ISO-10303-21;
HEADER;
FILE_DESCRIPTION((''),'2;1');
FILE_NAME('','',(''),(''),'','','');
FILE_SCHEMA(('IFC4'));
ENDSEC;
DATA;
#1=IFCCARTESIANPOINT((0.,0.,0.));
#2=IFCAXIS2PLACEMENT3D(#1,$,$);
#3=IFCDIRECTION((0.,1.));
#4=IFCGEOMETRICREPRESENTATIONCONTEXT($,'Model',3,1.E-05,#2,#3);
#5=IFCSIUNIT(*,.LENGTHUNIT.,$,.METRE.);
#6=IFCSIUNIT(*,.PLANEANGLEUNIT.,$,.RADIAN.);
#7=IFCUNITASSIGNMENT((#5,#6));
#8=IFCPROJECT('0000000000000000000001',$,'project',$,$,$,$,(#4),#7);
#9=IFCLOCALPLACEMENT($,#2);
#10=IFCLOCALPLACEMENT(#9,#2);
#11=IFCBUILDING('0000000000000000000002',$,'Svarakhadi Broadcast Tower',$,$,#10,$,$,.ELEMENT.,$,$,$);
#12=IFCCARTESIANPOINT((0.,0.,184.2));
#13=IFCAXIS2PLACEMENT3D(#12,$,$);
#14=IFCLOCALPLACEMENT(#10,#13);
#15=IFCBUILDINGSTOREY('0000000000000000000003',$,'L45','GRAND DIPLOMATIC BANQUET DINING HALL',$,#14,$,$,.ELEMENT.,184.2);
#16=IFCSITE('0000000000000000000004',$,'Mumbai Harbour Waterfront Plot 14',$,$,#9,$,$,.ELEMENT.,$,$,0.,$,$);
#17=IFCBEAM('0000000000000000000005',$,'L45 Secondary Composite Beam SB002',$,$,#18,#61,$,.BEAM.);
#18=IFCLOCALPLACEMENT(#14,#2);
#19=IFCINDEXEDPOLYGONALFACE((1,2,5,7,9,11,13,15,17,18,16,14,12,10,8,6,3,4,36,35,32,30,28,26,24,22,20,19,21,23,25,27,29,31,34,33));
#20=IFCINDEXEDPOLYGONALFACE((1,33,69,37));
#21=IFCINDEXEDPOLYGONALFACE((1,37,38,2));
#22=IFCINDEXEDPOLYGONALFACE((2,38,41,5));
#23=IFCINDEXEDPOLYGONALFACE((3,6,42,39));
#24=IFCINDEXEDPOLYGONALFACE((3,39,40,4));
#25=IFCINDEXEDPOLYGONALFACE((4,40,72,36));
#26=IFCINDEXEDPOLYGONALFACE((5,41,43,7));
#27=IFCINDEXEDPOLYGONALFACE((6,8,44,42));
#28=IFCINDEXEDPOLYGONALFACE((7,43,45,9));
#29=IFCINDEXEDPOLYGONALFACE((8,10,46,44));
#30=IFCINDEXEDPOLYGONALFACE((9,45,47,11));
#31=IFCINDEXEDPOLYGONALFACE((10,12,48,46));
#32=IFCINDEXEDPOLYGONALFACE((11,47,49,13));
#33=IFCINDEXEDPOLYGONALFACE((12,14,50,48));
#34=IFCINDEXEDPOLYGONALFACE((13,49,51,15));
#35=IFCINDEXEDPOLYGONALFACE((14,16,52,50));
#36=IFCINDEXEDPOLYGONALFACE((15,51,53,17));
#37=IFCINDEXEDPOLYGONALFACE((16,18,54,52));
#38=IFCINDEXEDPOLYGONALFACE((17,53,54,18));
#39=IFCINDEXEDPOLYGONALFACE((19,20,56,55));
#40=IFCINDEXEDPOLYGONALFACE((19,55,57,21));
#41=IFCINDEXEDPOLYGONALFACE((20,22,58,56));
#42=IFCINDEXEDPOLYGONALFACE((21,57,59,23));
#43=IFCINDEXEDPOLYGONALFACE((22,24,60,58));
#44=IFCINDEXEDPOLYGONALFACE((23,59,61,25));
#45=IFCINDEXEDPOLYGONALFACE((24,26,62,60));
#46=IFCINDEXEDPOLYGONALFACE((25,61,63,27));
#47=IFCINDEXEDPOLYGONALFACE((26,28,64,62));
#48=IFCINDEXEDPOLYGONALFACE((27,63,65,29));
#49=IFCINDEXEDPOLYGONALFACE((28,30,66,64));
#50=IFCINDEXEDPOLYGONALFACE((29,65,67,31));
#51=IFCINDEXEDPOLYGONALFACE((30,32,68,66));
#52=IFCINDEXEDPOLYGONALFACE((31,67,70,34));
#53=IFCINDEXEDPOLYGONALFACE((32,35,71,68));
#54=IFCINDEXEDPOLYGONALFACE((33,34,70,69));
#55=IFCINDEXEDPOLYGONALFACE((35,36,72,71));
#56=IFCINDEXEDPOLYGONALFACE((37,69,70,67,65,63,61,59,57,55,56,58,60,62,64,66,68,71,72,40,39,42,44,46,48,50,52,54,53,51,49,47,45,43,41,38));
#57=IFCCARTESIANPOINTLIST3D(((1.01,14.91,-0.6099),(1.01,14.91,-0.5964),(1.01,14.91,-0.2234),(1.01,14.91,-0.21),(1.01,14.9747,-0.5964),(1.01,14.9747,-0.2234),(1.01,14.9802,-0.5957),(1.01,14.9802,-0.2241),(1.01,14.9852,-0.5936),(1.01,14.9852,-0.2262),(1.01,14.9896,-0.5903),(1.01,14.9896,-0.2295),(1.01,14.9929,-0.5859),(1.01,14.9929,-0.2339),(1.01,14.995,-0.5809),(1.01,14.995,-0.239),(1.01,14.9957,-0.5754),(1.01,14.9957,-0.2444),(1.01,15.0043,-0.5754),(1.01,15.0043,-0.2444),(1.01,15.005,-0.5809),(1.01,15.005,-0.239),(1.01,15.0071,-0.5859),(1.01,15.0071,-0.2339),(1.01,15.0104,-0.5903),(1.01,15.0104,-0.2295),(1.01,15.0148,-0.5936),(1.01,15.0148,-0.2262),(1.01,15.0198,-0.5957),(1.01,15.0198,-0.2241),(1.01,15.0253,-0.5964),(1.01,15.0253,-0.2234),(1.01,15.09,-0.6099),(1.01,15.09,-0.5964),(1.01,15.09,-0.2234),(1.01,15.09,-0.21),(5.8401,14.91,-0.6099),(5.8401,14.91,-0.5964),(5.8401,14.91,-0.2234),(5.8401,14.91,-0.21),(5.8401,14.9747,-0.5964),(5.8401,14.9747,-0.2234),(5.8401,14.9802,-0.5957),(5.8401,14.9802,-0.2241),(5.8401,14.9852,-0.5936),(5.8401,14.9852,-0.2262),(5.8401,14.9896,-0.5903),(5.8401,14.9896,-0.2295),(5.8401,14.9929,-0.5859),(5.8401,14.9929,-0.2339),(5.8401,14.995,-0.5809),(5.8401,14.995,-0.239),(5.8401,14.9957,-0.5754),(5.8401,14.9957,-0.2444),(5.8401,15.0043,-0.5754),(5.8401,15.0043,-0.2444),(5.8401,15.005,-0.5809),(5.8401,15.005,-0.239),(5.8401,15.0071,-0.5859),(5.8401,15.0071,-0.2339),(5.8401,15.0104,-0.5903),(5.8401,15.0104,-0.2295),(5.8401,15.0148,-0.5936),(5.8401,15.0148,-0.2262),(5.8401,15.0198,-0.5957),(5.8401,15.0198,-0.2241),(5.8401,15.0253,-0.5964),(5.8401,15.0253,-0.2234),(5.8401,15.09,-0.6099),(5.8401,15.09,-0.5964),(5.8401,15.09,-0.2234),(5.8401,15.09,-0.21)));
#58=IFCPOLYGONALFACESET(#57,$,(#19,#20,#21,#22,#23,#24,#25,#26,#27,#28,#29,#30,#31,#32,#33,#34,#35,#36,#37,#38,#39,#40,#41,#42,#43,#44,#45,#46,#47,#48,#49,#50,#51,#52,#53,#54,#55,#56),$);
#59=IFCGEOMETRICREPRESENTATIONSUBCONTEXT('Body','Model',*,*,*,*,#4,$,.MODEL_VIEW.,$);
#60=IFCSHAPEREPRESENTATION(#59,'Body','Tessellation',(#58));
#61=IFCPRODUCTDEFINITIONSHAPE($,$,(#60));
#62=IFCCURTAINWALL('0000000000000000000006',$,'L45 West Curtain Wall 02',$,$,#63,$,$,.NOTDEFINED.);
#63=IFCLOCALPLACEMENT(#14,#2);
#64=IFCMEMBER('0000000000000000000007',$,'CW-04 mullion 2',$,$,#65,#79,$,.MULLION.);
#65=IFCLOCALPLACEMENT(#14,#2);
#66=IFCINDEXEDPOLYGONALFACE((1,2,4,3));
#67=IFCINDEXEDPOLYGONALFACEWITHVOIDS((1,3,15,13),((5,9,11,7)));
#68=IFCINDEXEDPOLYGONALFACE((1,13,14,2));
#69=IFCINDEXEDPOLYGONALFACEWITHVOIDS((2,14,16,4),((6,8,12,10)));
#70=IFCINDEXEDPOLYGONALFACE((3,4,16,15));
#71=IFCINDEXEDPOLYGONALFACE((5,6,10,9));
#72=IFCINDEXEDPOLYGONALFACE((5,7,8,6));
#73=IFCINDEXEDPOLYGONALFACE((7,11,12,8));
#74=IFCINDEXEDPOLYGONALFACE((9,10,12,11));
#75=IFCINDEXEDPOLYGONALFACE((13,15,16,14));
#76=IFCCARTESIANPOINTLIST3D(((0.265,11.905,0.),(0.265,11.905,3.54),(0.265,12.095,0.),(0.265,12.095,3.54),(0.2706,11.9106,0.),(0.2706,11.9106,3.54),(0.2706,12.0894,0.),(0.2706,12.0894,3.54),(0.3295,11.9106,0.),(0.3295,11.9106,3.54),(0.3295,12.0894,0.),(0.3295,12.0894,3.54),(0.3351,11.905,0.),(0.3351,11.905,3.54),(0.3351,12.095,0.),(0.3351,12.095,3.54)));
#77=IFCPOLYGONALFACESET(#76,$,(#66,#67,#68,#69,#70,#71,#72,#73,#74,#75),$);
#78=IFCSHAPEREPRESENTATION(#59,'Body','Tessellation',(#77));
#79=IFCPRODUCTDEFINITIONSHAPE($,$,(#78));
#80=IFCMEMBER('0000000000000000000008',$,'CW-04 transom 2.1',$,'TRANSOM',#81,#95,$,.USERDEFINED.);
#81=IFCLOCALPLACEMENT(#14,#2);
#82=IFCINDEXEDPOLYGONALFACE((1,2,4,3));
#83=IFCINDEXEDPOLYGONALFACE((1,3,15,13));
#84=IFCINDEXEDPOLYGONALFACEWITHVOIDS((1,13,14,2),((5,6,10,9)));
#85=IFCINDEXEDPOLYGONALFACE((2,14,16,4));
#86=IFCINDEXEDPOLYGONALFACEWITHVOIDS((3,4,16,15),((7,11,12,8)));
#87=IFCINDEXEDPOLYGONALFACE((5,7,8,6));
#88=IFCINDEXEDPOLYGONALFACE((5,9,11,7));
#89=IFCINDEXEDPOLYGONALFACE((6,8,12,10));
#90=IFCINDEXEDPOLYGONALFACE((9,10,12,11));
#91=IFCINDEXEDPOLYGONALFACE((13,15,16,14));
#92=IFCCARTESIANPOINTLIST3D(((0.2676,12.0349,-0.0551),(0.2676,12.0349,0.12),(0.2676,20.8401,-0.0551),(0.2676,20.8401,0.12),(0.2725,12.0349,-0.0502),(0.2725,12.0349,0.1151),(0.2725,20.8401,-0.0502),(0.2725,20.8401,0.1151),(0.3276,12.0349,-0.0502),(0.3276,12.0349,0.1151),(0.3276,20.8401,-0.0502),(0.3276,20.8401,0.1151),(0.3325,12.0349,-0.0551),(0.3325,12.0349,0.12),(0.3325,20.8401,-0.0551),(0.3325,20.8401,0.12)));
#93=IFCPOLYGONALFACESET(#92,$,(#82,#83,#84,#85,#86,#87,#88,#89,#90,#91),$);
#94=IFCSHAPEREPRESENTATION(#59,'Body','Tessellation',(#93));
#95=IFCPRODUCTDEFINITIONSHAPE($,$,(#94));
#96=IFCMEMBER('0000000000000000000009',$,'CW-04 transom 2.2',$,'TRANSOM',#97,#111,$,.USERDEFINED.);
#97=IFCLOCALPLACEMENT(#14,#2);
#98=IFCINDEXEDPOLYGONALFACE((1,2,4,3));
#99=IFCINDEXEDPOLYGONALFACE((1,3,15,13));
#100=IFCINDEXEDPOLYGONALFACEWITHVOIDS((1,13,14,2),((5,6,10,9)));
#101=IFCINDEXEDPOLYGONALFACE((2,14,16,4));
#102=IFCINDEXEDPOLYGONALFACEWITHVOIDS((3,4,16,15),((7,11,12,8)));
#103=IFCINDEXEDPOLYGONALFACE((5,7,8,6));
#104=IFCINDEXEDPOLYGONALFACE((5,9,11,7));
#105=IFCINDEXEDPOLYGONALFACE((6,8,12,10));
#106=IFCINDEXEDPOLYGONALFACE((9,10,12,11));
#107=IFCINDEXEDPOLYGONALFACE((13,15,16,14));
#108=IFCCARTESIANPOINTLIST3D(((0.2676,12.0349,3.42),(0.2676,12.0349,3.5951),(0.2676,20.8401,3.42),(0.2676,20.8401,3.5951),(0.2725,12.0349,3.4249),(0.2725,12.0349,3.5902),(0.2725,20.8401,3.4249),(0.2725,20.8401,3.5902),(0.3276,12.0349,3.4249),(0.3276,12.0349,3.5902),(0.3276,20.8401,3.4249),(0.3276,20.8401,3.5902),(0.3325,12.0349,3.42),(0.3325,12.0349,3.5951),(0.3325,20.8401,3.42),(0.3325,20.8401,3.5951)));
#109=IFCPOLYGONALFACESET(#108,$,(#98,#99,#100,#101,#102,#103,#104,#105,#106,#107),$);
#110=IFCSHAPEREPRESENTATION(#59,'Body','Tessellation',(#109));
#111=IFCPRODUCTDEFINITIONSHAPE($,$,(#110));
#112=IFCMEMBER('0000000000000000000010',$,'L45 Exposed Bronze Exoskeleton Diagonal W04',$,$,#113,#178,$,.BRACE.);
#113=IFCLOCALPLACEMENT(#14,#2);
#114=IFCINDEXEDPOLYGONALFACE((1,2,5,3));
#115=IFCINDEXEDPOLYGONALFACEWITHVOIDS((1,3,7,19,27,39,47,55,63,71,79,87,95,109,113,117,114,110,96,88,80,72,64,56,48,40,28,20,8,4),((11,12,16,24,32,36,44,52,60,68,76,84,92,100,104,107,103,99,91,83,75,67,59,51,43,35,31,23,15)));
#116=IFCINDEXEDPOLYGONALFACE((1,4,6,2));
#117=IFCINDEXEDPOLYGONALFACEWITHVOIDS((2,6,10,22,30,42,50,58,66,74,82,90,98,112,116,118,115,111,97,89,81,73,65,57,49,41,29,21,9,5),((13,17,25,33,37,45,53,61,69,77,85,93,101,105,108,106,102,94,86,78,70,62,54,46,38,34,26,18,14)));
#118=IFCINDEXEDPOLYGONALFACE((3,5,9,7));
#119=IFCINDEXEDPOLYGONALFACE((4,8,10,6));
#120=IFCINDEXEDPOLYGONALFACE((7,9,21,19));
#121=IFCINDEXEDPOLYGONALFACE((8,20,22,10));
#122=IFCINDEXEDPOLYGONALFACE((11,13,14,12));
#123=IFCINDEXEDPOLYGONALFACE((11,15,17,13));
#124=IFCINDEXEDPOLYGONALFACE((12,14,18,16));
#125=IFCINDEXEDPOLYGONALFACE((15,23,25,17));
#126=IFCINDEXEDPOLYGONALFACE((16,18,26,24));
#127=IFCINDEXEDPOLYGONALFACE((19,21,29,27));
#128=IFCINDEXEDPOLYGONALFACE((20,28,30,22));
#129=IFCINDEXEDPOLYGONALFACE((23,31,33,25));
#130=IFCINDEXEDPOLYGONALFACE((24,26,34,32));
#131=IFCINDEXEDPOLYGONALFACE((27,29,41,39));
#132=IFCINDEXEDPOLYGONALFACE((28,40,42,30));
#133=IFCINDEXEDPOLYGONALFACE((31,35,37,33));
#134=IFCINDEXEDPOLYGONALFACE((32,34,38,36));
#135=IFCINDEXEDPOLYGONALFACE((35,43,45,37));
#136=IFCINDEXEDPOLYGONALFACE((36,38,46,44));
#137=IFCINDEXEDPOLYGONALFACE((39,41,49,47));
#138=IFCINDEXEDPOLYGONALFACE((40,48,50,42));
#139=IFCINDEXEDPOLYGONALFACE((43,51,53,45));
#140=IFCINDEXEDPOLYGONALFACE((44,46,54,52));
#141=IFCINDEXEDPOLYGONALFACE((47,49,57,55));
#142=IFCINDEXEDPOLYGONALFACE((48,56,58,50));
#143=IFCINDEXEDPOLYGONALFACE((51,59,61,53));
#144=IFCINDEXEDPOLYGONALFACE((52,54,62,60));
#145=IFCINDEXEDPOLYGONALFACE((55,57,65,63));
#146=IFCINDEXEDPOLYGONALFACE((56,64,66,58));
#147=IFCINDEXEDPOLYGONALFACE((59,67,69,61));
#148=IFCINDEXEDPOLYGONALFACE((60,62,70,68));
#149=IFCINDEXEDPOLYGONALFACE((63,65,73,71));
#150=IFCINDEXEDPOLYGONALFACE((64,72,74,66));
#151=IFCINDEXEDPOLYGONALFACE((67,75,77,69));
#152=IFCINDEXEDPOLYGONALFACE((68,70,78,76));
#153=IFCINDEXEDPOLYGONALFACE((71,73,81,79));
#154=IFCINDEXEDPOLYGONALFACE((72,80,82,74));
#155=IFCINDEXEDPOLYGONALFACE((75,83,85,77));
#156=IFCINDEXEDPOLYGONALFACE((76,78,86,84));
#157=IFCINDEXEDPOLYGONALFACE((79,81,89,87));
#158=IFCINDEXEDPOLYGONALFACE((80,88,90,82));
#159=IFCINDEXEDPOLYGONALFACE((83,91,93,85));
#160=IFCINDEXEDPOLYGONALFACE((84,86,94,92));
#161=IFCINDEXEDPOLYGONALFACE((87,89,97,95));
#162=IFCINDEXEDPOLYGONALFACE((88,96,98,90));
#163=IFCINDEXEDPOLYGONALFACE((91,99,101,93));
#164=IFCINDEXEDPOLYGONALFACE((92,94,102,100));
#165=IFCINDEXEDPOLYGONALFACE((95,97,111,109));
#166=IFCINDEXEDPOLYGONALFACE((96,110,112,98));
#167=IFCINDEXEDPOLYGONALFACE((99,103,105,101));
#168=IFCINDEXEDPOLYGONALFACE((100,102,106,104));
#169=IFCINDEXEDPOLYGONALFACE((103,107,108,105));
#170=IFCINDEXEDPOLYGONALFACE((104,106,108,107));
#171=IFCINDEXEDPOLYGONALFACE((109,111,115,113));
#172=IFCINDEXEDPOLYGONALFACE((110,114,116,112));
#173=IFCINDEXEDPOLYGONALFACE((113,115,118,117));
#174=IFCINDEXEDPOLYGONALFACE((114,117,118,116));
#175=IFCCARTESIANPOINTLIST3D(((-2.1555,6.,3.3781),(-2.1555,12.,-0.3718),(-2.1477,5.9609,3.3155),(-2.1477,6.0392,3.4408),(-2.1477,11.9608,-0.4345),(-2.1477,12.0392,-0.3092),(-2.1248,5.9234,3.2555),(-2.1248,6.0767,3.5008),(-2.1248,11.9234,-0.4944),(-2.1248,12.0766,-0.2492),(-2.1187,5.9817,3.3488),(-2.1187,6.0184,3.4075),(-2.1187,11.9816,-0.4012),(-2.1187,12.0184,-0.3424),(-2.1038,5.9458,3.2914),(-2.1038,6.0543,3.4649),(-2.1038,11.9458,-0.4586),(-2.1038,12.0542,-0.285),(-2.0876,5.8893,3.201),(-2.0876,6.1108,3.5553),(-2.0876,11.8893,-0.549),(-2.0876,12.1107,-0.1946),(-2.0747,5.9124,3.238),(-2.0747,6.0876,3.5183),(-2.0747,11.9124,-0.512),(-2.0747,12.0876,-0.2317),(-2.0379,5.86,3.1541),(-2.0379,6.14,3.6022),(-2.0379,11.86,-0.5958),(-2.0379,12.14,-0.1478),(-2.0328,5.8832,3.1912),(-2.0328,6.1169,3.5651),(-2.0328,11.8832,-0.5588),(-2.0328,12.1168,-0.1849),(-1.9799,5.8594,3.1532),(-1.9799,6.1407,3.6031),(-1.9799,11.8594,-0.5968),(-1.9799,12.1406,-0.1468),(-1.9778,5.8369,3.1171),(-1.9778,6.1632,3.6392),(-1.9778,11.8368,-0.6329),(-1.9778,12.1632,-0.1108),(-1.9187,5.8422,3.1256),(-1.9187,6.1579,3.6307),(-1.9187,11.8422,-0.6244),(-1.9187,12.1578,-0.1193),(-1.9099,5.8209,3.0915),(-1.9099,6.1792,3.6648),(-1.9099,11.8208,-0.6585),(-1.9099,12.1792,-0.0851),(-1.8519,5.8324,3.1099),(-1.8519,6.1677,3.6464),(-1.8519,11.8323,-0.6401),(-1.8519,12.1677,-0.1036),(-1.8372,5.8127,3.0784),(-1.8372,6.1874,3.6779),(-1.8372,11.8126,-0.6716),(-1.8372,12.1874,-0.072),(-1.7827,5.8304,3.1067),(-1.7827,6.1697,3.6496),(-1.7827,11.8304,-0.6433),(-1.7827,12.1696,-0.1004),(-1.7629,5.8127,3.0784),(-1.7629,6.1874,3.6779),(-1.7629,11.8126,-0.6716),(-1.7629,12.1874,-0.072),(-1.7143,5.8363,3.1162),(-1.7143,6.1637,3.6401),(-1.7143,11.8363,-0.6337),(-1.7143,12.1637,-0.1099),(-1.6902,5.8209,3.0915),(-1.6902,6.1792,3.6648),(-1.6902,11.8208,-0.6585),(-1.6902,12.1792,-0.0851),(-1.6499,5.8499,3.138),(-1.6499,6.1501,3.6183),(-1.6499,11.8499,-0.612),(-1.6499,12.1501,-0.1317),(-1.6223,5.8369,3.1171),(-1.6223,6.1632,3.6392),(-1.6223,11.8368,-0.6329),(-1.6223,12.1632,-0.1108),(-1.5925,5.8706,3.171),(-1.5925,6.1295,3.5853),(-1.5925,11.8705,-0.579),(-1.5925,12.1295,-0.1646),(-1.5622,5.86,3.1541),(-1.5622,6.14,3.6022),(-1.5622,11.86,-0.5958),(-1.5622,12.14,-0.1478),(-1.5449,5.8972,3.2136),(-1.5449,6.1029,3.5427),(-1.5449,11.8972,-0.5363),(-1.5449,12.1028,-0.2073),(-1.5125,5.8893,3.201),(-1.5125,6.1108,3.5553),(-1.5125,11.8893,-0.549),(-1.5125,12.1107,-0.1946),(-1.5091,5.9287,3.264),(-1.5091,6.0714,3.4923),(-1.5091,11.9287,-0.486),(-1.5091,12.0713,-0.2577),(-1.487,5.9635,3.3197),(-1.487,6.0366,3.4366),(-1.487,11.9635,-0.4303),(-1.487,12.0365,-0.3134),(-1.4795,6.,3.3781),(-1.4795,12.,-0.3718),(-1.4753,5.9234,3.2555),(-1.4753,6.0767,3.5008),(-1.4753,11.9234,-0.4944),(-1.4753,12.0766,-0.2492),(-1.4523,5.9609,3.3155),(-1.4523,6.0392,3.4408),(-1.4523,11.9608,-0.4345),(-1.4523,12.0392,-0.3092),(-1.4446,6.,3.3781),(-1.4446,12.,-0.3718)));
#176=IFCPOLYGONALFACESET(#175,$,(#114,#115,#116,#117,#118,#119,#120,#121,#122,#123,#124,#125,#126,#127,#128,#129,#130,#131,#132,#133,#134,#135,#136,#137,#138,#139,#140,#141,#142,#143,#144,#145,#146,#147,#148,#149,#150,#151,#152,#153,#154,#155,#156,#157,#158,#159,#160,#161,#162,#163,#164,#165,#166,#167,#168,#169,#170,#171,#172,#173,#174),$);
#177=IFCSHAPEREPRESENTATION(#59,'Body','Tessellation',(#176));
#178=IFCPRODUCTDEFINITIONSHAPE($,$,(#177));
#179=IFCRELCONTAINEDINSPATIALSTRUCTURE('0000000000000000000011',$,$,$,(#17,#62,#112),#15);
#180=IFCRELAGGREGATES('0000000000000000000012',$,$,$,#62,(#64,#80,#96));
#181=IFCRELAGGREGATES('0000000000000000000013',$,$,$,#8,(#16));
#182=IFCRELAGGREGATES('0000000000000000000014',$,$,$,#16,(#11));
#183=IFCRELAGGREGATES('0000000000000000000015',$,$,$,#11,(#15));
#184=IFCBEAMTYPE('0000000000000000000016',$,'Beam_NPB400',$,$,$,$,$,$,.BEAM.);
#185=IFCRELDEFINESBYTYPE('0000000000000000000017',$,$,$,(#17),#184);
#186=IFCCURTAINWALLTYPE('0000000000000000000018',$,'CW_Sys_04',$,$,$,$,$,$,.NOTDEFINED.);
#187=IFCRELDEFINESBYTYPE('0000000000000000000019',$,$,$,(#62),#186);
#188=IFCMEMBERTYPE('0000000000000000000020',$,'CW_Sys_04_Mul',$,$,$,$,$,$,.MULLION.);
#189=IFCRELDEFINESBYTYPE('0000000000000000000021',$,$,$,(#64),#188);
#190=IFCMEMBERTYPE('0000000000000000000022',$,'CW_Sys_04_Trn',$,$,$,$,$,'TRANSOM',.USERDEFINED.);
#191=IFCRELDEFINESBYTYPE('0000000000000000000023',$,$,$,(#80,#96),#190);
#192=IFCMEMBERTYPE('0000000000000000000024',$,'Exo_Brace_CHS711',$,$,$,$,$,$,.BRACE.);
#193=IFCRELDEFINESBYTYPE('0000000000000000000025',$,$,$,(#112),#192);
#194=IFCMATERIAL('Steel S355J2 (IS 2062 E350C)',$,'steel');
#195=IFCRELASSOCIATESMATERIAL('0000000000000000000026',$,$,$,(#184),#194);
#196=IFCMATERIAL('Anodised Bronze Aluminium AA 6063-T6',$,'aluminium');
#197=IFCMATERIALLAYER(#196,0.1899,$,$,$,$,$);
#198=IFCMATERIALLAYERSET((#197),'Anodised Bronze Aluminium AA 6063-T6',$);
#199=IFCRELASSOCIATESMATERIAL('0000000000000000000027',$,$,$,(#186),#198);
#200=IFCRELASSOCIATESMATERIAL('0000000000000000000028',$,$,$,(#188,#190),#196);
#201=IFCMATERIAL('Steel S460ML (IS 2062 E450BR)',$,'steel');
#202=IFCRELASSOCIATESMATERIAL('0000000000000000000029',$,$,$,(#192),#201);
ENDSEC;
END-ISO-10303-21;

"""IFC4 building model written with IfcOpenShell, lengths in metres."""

from ifc_helpers import new_model, si_unit, direction, frame, origin, origin_2d, place, context, subcontext, project, spatial, hollow_rectangle, hollow_circle, i_section, extrude, material, layer, layer_set, material_profile, profile_set, type_object, element, aggregate, save


model = new_model("IFC4")

# Units and contexts
model_context = context("Model", 3, precision=1e-05, world=origin(), true_north=direction((0.0, 1.0)))
body_context = subcontext(model_context, "Body", "Model", "MODEL_VIEW")
ifc_project = project(units=[si_unit("LENGTHUNIT", "METRE"), si_unit("PLANEANGLEUNIT", "RADIAN")], contexts=[model_context])

# Site, building, storey
site_placement = place(None, origin())
site = spatial("IfcSite", under=ifc_project, at=site_placement, Name="Mumbai Harbour Waterfront Plot 14", CompositionType="ELEMENT", RefElevation=0.0)
building_placement = place(site_placement, origin())
building = spatial("IfcBuilding", under=site, at=building_placement, Name="Svarakhadi Broadcast Tower", CompositionType="ELEMENT")
storey_placement = place(building_placement, frame((0.0, 0.0, 184.2)))
storey = spatial("IfcBuildingStorey", under=building, at=storey_placement, Name="L45", Description="GRAND DIPLOMATIC BANQUET DINING HALL", CompositionType="ELEMENT", Elevation=184.2)

# Shared definitions
ifc_material_1 = material(Name="Steel S460ML (IS 2062 E450BR)", Category="steel")

# Beam
ifc_material_2 = material(Name="Steel S355J2 (IS 2062 E350C)", Category="steel")
ifc_material_profile_1 = material_profile(ifc_material_2, i_section(OverallWidth=0.1799, OverallDepth=0.3999, WebThickness=0.0085, FlangeThickness=0.0134, FilletRadius=0.021, at=origin_2d()), Name="NPB 400x180x66")
ifc_profile_set_1 = profile_set([ifc_material_profile_1], Name="Steel S355J2 (IS 2062 E350C)")
beam_type_1 = type_object("IfcBeamType", Name="Beam_NPB400", PredefinedType="BEAM", material=ifc_profile_set_1)
for number, where, z_axis, x_axis, name in (
    (1, (1.01, 15.0, -0.4099), (1.0, 0.0, 0.0), (0.0, 1.0, 0.0), "L45 Secondary Composite Beam SB002"),
):
    element("IfcBeam", number, at=place(storey_placement, frame(where, z_axis=z_axis, x_axis=x_axis)), inside=storey, type_object=beam_type_1, Name=name, PredefinedType="BEAM", context=body_context, shape_type="SweptSolid", body=[
        extrude(i_section(OverallWidth=0.1799, OverallDepth=0.3999, WebThickness=0.0085, FlangeThickness=0.0134, FilletRadius=0.021, at=origin_2d()), origin(), (0.0, 0.0, 1.0), 4.8301),
    ])

# Curtain wall, members
ifc_material_3 = material(Name="Anodised Bronze Aluminium AA 6063-T6", Category="aluminium")
ifc_layer_1 = layer(ifc_material_3, 0.1899)
ifc_layer_set_1 = layer_set([ifc_layer_1], Name="Anodised Bronze Aluminium AA 6063-T6")
curtain_wall_type = type_object("IfcCurtainWallType", Name="CW_Sys_04", PredefinedType="NOTDEFINED", material=ifc_layer_set_1)
curtain_wall_placement = place(storey_placement, origin())
curtain_wall = element("IfcCurtainWall", 2, at=curtain_wall_placement, inside=storey, type_object=curtain_wall_type, Name="L45 West Curtain Wall 02", PredefinedType="NOTDEFINED")
ifc_material_profile_2 = material_profile(ifc_material_3, hollow_rectangle(XDim=0.0701, YDim=0.1899, WallThickness=0.0056, at=origin_2d()), Name="ALU MULLION 190x70x6")
ifc_profile_set_2 = profile_set([ifc_material_profile_2], Name="Anodised Bronze Aluminium AA 6063-T6")
member_type_1 = type_object("IfcMemberType", Name="CW_Sys_04_Mul", PredefinedType="MULLION", material=ifc_profile_set_2)
member_1_placement = place(storey_placement, frame((0.3, 12.0, 0.0), z_axis=(0.0, 0.0, 1.0), x_axis=(-1.0, 0.0, 0.0)))
member_1 = element("IfcMember", 3, at=member_1_placement, type_object=member_type_1, Name="CW-04 mullion 2", PredefinedType="MULLION", context=body_context, shape_type="SweptSolid", body=[
    extrude(hollow_rectangle(XDim=0.0701, YDim=0.1899, WallThickness=0.0056, at=origin_2d()), origin(), (0.0, 0.0, 1.0), 3.54),
])
ifc_material_profile_3 = material_profile(ifc_material_3, hollow_rectangle(XDim=0.0649, YDim=0.175, WallThickness=0.0049, at=origin_2d()), Name="ALU TRANSOM 175x65x5")
ifc_profile_set_3 = profile_set([ifc_material_profile_3], Name="Anodised Bronze Aluminium AA 6063-T6")
member_type_2 = type_object("IfcMemberType", Name="CW_Sys_04_Trn", ElementType="TRANSOM", PredefinedType="USERDEFINED", material=ifc_profile_set_3)
member_2_placement = place(storey_placement, frame((0.3, 12.0349, 0.0325), z_axis=(0.0, 1.0, 0.0), x_axis=(-1.0, 0.0, 0.0)))
member_2 = element("IfcMember", 4, at=member_2_placement, type_object=member_type_2, Name="CW-04 transom 2.1", ObjectType="TRANSOM", PredefinedType="USERDEFINED", context=body_context, shape_type="SweptSolid", body=[
    extrude(hollow_rectangle(XDim=0.0649, YDim=0.175, WallThickness=0.0049, at=origin_2d()), origin(), (0.0, 0.0, 1.0), 8.8052),
])
member_3_placement = place(storey_placement, frame((0.3, 12.0349, 3.5076), z_axis=(0.0, 1.0, 0.0), x_axis=(-1.0, 0.0, 0.0)))
member_3 = element("IfcMember", 5, at=member_3_placement, type_object=member_type_2, Name="CW-04 transom 2.2", ObjectType="TRANSOM", PredefinedType="USERDEFINED", context=body_context, shape_type="SweptSolid", body=[
    extrude(hollow_rectangle(XDim=0.0649, YDim=0.175, WallThickness=0.0049, at=origin_2d()), origin(), (0.0, 0.0, 1.0), 8.8052),
])

# Member
ifc_material_profile_4 = material_profile(ifc_material_1, hollow_circle(Radius=0.3555, WallThickness=0.0349, at=origin_2d()), Name="CHS 711x35")
ifc_profile_set_4 = profile_set([ifc_material_profile_4], Name="Steel S460ML (IS 2062 E450BR)")
member_type_3 = type_object("IfcMemberType", Name="Exo_Brace_CHS711", PredefinedType="BRACE", material=ifc_profile_set_4)
for number, where, z_axis, x_axis, name in (
    (6, (-1.8, 12.0, -0.3718), (0.0, -0.847998, 0.529999), (1.0, 0.0, 0.0), "L45 Exposed Bronze Exoskeleton Diagonal W04"),
):
    element("IfcMember", number, at=place(storey_placement, frame(where, z_axis=z_axis, x_axis=x_axis)), inside=storey, type_object=member_type_3, Name=name, PredefinedType="BRACE", context=body_context, shape_type="SweptSolid", body=[
        extrude(hollow_circle(Radius=0.3555, WallThickness=0.0349, at=origin_2d()), origin(), (0.0, 0.0, 1.0), 7.0754),
    ])

aggregate(curtain_wall, [member_1, member_2, member_3])

save(model, "model.ifc")
